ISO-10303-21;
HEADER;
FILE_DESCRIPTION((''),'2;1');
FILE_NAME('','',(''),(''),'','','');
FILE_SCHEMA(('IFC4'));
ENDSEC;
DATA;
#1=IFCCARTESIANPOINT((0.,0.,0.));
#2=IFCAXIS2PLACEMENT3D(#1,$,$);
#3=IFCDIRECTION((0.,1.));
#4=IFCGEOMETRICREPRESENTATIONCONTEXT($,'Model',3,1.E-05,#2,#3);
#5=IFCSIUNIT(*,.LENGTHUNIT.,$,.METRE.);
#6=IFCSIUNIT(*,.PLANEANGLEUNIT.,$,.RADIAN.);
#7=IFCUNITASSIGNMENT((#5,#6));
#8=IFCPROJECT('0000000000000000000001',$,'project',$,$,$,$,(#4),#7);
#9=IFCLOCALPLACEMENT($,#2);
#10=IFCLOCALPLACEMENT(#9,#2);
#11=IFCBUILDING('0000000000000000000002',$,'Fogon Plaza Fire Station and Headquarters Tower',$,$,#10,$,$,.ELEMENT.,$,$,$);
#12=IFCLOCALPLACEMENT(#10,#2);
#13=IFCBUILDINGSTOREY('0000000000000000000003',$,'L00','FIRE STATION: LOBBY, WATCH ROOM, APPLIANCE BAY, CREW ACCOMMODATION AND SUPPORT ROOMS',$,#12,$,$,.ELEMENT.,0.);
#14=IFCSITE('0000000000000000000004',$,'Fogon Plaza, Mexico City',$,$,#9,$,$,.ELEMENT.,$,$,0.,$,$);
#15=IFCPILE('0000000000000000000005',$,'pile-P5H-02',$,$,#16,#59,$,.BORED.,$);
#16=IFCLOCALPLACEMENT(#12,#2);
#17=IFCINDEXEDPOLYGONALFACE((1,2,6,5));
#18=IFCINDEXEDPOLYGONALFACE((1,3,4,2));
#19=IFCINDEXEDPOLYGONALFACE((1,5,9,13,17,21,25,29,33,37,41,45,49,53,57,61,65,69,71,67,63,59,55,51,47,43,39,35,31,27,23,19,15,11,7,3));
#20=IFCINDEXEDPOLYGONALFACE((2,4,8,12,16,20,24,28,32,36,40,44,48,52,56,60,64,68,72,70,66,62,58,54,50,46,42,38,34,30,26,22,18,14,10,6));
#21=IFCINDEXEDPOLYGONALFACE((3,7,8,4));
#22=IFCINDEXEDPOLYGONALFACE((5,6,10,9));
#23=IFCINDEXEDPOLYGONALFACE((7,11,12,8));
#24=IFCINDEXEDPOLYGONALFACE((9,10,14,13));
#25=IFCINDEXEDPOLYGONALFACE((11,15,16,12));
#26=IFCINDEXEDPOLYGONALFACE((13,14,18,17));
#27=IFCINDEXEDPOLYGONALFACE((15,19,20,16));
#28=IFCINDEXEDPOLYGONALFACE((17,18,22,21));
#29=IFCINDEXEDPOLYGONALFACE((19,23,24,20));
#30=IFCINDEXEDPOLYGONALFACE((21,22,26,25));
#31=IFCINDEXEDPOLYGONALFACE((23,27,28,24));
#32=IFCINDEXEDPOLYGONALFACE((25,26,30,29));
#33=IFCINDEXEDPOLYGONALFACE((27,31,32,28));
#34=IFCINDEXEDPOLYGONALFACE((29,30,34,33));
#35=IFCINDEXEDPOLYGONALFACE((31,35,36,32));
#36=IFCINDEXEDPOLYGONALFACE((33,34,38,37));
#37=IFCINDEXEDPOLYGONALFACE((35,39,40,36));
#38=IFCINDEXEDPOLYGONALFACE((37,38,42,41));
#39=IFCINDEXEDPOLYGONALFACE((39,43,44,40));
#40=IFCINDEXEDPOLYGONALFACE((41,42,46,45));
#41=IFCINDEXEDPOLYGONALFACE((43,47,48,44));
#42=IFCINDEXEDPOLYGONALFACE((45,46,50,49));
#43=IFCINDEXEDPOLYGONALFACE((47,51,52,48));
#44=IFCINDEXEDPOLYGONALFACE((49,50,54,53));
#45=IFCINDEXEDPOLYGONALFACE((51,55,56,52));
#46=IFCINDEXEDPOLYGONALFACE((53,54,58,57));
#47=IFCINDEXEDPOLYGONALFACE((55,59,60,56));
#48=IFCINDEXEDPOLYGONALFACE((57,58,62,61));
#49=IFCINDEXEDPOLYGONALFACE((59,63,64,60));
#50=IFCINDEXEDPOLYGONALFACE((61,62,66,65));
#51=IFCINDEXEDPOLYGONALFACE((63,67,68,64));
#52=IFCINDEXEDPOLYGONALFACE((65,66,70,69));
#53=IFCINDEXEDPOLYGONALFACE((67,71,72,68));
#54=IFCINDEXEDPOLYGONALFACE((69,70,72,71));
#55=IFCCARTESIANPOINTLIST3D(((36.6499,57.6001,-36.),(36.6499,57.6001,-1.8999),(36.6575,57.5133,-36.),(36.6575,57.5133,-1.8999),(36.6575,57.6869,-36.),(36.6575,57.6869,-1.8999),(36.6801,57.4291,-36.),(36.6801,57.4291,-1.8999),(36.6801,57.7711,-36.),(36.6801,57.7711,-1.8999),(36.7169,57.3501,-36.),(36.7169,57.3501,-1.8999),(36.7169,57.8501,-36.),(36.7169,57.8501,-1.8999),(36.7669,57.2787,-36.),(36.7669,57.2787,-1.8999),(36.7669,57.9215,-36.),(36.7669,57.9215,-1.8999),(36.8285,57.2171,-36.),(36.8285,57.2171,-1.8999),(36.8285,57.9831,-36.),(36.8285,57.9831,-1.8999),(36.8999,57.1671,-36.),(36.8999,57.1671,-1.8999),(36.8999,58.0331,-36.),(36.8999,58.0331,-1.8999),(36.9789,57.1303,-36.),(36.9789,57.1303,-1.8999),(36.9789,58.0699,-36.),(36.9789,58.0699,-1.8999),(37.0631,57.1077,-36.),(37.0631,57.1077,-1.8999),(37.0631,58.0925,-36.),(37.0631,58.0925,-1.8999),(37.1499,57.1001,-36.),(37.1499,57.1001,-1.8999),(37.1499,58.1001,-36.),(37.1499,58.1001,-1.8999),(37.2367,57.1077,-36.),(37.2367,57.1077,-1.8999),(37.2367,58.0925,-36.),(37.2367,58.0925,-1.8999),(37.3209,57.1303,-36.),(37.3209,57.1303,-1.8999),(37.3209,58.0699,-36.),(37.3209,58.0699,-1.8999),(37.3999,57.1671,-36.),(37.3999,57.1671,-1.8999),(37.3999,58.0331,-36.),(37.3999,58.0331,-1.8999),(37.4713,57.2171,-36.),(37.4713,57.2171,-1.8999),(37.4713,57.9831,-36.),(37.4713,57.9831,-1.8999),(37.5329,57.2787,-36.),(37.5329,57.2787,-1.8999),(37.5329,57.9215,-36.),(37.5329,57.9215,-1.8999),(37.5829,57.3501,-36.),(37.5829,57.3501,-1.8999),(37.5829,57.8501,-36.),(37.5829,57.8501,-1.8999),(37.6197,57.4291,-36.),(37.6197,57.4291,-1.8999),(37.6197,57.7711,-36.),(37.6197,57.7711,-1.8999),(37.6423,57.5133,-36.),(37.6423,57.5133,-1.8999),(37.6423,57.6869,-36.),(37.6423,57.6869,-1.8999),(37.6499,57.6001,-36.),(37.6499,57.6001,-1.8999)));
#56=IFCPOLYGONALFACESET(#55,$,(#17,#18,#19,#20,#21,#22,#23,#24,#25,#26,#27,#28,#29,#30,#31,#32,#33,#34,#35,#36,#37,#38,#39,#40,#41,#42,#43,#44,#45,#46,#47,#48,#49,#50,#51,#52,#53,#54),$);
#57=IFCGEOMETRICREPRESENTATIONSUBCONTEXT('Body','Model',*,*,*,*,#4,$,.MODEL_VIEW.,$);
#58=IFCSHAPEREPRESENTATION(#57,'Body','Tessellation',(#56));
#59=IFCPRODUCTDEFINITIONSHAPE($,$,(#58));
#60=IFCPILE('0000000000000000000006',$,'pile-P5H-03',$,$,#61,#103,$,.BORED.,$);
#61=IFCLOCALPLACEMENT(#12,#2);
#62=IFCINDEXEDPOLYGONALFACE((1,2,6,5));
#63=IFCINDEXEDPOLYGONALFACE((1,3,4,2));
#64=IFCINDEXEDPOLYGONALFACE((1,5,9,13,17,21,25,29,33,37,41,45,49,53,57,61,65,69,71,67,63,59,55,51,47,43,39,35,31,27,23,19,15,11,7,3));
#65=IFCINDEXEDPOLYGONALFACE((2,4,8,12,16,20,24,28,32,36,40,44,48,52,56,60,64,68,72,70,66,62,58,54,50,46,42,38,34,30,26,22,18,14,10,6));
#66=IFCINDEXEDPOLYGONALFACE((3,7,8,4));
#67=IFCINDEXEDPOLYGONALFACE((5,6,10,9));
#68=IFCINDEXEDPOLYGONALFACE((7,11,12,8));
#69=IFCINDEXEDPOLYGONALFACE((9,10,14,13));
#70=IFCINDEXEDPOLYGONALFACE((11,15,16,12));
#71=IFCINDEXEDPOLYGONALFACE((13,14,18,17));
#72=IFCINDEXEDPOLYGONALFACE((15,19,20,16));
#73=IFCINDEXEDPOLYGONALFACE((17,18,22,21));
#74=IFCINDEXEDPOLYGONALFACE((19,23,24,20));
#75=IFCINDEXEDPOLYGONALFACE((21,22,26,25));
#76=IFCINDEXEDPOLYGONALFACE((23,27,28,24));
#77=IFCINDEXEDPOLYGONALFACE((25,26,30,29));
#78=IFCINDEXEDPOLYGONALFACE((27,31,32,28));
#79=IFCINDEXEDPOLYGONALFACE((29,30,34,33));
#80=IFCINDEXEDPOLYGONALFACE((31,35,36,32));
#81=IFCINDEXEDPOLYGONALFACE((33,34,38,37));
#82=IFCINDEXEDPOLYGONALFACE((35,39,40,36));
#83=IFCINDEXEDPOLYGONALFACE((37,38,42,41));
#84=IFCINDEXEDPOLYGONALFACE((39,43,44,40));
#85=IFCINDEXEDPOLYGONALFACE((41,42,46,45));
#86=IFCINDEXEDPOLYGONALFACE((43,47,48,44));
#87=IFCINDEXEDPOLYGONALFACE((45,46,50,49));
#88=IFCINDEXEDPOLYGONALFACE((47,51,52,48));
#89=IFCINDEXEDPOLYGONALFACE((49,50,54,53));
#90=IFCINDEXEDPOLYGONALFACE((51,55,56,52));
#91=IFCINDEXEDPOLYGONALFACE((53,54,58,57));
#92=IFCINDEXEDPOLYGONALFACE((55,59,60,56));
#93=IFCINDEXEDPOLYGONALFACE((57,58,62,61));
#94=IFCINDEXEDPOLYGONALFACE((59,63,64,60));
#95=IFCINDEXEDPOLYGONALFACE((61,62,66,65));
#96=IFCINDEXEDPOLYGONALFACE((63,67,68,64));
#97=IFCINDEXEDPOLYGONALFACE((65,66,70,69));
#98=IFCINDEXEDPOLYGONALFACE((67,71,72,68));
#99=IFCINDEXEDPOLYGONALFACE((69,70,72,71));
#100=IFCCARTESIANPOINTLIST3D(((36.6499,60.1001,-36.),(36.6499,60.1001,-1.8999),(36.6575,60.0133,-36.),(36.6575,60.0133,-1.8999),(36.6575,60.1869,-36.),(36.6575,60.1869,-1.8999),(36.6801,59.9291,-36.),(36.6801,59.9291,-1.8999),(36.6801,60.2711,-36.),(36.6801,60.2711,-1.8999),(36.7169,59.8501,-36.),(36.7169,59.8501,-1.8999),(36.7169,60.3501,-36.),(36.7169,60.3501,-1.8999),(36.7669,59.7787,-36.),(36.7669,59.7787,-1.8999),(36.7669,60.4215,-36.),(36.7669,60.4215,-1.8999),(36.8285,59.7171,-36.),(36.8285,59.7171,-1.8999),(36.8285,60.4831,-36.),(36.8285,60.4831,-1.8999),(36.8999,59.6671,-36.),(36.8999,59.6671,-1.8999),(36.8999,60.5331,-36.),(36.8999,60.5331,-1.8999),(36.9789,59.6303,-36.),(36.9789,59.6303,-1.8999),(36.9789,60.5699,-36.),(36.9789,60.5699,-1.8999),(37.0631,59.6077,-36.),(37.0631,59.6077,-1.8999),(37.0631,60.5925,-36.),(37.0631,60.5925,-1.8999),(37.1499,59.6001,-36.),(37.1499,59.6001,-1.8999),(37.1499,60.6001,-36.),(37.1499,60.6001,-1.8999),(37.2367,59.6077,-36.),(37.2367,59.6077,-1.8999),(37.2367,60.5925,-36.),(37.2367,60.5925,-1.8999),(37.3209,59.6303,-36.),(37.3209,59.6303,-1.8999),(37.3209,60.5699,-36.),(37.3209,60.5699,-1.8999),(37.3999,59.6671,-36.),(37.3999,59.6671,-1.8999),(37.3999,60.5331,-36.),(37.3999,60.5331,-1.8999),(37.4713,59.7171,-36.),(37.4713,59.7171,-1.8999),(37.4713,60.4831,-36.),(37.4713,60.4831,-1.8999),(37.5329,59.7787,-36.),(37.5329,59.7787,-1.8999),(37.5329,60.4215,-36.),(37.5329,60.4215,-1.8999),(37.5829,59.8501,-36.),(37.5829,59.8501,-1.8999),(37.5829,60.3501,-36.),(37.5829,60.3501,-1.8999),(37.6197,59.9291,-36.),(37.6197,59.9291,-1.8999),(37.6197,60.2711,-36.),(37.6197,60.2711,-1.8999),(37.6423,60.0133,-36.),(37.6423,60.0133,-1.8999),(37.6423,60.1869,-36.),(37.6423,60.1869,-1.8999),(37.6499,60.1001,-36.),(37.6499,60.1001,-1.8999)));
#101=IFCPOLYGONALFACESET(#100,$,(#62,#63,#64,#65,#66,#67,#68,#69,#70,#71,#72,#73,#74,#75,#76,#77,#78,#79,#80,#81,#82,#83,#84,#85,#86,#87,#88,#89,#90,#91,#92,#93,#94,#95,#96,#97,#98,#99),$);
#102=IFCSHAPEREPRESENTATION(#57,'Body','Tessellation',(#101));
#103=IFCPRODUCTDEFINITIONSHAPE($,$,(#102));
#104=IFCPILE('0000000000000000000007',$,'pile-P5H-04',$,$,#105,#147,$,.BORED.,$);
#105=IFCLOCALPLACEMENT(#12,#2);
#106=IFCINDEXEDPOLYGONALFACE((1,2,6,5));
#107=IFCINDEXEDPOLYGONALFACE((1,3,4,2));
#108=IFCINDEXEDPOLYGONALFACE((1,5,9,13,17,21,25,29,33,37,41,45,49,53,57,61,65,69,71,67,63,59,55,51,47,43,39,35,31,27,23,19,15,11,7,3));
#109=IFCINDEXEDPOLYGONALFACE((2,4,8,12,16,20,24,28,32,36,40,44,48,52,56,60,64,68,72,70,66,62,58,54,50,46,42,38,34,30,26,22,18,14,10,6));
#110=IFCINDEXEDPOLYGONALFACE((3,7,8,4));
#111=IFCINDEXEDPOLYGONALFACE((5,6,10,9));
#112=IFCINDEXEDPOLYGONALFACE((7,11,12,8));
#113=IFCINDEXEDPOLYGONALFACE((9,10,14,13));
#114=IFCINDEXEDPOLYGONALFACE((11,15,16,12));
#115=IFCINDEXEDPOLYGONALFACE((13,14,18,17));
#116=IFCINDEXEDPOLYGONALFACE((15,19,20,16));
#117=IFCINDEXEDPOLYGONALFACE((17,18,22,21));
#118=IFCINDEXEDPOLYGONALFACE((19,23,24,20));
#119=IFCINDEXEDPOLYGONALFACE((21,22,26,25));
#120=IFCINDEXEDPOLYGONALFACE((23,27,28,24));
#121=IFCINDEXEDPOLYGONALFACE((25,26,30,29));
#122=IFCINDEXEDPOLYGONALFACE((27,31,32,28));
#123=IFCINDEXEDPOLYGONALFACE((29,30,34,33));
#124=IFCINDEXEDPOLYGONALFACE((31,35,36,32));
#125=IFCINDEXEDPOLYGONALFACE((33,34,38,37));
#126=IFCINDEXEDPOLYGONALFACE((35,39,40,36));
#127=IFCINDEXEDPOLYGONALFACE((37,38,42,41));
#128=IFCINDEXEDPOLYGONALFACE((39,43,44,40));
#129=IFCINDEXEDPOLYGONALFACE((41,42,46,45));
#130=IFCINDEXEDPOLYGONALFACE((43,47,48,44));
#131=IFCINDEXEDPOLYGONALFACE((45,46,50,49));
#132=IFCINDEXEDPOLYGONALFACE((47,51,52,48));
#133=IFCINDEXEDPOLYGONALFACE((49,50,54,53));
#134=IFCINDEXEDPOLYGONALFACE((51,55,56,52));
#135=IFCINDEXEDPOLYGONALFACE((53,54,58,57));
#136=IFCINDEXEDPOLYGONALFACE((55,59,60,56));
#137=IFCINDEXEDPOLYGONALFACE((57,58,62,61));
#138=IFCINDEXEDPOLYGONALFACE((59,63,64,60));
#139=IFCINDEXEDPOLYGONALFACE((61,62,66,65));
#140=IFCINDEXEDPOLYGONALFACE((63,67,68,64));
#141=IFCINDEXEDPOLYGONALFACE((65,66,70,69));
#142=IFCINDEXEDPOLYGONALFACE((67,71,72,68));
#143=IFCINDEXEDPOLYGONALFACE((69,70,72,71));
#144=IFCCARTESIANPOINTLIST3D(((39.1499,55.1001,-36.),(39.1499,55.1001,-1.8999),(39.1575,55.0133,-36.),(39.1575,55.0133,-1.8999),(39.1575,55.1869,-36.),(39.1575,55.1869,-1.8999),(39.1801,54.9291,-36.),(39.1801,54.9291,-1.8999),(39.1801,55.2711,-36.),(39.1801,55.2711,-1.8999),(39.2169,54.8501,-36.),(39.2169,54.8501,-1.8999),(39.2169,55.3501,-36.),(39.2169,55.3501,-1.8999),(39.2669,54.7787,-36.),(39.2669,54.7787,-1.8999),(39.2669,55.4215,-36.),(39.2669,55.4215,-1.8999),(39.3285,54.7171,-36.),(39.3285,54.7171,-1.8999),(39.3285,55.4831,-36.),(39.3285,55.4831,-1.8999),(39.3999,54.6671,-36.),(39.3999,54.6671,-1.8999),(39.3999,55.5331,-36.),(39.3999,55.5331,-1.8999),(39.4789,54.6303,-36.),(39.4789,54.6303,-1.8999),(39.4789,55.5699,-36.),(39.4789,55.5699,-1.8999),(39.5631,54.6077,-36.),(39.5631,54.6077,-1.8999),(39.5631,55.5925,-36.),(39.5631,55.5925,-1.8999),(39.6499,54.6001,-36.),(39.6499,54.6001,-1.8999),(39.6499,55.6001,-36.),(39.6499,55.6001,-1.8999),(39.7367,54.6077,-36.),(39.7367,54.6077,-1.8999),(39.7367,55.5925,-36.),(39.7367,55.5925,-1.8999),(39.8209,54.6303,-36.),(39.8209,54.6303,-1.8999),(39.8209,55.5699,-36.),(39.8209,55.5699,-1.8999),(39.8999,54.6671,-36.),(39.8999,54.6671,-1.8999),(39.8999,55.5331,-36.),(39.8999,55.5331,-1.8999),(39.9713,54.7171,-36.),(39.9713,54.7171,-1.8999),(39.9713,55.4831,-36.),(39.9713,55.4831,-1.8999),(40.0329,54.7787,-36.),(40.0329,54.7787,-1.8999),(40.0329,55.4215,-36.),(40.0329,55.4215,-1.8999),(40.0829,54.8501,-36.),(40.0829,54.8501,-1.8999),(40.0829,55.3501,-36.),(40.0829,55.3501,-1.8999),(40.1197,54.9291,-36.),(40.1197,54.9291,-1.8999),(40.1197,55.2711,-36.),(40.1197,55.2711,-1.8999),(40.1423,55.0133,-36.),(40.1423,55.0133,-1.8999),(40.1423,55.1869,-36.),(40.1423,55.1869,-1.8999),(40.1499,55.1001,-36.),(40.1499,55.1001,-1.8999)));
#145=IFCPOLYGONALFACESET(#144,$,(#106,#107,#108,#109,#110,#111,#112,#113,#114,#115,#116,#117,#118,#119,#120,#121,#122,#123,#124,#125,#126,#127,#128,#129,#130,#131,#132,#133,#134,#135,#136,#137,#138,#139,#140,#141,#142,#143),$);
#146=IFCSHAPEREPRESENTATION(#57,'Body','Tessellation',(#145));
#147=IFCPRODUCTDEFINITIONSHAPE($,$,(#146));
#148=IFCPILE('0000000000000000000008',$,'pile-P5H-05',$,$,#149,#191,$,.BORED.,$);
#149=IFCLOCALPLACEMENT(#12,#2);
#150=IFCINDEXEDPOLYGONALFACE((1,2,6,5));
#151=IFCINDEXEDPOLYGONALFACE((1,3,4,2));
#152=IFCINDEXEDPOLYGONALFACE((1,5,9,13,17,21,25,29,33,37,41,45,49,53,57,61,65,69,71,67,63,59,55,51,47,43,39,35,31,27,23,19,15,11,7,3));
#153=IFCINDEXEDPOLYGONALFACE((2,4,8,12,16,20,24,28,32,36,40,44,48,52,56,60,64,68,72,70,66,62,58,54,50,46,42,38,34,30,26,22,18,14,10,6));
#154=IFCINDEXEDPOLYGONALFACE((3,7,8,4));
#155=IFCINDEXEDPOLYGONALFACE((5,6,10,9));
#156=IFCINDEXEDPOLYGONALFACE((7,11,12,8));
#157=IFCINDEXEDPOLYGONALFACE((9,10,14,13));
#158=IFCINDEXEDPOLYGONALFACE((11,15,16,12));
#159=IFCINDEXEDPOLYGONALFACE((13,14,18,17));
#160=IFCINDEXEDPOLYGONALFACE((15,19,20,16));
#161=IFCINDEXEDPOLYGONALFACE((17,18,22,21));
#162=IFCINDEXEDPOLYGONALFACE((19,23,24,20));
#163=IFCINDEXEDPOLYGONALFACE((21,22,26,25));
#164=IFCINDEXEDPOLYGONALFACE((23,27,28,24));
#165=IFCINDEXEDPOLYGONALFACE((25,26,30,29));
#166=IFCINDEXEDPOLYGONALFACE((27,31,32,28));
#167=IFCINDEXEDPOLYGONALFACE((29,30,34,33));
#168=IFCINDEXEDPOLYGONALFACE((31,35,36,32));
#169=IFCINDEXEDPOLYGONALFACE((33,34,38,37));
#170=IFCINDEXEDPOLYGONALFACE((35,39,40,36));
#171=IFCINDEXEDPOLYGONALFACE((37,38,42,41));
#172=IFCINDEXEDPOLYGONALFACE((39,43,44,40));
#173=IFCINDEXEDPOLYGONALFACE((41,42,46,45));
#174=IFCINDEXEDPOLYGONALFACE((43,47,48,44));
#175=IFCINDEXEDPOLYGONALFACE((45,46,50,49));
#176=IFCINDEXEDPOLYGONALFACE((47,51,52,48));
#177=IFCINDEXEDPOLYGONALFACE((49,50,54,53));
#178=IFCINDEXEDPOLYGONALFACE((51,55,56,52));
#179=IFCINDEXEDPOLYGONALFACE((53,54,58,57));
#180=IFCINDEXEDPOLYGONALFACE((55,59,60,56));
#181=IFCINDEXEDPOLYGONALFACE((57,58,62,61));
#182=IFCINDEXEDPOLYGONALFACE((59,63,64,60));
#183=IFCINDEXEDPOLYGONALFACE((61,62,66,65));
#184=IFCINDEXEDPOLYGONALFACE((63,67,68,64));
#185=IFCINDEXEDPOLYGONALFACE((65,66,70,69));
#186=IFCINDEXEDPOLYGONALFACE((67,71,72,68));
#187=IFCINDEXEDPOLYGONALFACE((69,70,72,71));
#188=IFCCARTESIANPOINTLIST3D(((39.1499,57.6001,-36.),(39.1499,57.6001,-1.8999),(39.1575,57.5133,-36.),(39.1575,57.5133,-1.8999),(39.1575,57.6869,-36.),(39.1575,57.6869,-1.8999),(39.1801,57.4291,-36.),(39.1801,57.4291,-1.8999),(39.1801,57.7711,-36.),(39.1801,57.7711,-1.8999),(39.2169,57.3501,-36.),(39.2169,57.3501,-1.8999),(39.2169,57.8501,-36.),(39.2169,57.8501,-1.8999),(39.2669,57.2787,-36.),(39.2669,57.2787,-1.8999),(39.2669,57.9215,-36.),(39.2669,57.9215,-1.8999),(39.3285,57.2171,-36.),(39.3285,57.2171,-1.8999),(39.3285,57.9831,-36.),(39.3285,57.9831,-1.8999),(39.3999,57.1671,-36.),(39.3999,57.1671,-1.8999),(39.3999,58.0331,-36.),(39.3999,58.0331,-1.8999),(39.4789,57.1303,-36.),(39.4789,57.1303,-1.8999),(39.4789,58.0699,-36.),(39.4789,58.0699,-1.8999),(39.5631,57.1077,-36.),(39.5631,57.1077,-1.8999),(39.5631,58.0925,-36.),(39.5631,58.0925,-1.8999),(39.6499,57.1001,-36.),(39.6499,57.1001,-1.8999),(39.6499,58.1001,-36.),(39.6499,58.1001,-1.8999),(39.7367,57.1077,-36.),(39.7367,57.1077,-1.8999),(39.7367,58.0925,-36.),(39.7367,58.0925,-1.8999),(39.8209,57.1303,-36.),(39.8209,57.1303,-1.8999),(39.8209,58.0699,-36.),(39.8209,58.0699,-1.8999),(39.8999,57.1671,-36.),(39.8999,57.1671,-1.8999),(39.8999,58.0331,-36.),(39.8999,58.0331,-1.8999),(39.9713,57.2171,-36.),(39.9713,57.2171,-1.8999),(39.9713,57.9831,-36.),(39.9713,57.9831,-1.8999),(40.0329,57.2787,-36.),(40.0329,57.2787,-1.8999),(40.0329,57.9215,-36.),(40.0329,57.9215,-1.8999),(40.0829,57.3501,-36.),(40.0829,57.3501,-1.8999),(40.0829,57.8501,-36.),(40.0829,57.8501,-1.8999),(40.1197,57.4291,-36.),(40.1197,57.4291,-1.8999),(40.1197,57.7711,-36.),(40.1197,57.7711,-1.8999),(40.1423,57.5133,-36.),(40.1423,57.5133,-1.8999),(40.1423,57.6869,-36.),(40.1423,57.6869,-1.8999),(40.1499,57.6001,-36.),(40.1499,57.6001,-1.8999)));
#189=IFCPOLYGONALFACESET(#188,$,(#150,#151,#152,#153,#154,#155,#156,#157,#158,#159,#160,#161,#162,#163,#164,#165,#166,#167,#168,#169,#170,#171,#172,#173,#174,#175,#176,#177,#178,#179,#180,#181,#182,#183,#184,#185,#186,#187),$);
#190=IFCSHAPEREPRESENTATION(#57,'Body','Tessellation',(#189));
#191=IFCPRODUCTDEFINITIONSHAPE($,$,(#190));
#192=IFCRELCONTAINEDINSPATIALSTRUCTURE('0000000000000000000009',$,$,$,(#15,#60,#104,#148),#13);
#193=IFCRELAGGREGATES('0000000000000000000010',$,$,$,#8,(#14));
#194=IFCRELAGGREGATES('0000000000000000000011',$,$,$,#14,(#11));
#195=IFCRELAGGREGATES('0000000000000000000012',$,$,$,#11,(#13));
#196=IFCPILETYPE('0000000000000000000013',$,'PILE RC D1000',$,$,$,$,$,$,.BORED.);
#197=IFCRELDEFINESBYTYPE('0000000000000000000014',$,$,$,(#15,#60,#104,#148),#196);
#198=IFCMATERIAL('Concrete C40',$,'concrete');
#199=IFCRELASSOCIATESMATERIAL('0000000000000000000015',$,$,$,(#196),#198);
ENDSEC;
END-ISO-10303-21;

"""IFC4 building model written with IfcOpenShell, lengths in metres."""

from ifc_helpers import new_model, si_unit, direction, frame, origin, origin_2d, place, context, subcontext, project, spatial, circle, extrude, material, material_profile, profile_set, type_object, element, save


model = new_model("IFC4")

# Units and contexts
model_context = context("Model", 3, precision=1e-05, world=origin(), true_north=direction((0.0, 1.0)))
body_context = subcontext(model_context, "Body", "Model", "MODEL_VIEW")
ifc_project = project(units=[si_unit("LENGTHUNIT", "METRE"), si_unit("PLANEANGLEUNIT", "RADIAN")], contexts=[model_context])

# Site, building, storey
site_placement = place(None, origin())
site = spatial("IfcSite", under=ifc_project, at=site_placement, Name="Fogon Plaza, Mexico City", CompositionType="ELEMENT", RefElevation=0.0)
building_placement = place(site_placement, origin())
building = spatial("IfcBuilding", under=site, at=building_placement, Name="Fogon Plaza Fire Station and Headquarters Tower", CompositionType="ELEMENT")
storey_placement = place(building_placement, origin())
storey = spatial("IfcBuildingStorey", under=building, at=storey_placement, Name="L00", Description="FIRE STATION: LOBBY, WATCH ROOM, APPLIANCE BAY, CREW ACCOMMODATION AND SUPPORT ROOMS", CompositionType="ELEMENT", Elevation=0.0)

# Piles
ifc_material_1 = material(Name="Concrete C40", Category="concrete")
ifc_material_profile_1 = material_profile(ifc_material_1, circle(Radius=0.5, at=origin_2d()), Name="RC D1000")
ifc_profile_set_1 = profile_set([ifc_material_profile_1], Name="Concrete C40")
pile_type_1 = type_object("IfcPileType", Name="PILE RC D1000", PredefinedType="BORED", material=ifc_profile_set_1)
for number, where, z_axis, x_axis, name in (
    (1, (37.1499, 57.6001, -1.8999), (0.0, 0.0, -1.0), (1.0, 0.0, 0.0), "pile-P5H-02"),
    (2, (37.1499, 60.1001, -1.8999), (0.0, 0.0, -1.0), (1.0, 0.0, 0.0), "pile-P5H-03"),
    (3, (39.6499, 55.1001, -1.8999), (0.0, 0.0, -1.0), (1.0, 0.0, 0.0), "pile-P5H-04"),
    (4, (39.6499, 57.6001, -1.8999), (0.0, 0.0, -1.0), (1.0, 0.0, 0.0), "pile-P5H-05"),
):
    element("IfcPile", number, at=place(storey_placement, frame(where, z_axis=z_axis, x_axis=x_axis)), inside=storey, type_object=pile_type_1, Name=name, PredefinedType="BORED", context=body_context, shape_type="SweptSolid", body=[
        extrude(circle(Radius=0.5, at=origin_2d()), origin(), (0.0, 0.0, 1.0), 34.1001),
    ])

save(model, "model.ifc")
